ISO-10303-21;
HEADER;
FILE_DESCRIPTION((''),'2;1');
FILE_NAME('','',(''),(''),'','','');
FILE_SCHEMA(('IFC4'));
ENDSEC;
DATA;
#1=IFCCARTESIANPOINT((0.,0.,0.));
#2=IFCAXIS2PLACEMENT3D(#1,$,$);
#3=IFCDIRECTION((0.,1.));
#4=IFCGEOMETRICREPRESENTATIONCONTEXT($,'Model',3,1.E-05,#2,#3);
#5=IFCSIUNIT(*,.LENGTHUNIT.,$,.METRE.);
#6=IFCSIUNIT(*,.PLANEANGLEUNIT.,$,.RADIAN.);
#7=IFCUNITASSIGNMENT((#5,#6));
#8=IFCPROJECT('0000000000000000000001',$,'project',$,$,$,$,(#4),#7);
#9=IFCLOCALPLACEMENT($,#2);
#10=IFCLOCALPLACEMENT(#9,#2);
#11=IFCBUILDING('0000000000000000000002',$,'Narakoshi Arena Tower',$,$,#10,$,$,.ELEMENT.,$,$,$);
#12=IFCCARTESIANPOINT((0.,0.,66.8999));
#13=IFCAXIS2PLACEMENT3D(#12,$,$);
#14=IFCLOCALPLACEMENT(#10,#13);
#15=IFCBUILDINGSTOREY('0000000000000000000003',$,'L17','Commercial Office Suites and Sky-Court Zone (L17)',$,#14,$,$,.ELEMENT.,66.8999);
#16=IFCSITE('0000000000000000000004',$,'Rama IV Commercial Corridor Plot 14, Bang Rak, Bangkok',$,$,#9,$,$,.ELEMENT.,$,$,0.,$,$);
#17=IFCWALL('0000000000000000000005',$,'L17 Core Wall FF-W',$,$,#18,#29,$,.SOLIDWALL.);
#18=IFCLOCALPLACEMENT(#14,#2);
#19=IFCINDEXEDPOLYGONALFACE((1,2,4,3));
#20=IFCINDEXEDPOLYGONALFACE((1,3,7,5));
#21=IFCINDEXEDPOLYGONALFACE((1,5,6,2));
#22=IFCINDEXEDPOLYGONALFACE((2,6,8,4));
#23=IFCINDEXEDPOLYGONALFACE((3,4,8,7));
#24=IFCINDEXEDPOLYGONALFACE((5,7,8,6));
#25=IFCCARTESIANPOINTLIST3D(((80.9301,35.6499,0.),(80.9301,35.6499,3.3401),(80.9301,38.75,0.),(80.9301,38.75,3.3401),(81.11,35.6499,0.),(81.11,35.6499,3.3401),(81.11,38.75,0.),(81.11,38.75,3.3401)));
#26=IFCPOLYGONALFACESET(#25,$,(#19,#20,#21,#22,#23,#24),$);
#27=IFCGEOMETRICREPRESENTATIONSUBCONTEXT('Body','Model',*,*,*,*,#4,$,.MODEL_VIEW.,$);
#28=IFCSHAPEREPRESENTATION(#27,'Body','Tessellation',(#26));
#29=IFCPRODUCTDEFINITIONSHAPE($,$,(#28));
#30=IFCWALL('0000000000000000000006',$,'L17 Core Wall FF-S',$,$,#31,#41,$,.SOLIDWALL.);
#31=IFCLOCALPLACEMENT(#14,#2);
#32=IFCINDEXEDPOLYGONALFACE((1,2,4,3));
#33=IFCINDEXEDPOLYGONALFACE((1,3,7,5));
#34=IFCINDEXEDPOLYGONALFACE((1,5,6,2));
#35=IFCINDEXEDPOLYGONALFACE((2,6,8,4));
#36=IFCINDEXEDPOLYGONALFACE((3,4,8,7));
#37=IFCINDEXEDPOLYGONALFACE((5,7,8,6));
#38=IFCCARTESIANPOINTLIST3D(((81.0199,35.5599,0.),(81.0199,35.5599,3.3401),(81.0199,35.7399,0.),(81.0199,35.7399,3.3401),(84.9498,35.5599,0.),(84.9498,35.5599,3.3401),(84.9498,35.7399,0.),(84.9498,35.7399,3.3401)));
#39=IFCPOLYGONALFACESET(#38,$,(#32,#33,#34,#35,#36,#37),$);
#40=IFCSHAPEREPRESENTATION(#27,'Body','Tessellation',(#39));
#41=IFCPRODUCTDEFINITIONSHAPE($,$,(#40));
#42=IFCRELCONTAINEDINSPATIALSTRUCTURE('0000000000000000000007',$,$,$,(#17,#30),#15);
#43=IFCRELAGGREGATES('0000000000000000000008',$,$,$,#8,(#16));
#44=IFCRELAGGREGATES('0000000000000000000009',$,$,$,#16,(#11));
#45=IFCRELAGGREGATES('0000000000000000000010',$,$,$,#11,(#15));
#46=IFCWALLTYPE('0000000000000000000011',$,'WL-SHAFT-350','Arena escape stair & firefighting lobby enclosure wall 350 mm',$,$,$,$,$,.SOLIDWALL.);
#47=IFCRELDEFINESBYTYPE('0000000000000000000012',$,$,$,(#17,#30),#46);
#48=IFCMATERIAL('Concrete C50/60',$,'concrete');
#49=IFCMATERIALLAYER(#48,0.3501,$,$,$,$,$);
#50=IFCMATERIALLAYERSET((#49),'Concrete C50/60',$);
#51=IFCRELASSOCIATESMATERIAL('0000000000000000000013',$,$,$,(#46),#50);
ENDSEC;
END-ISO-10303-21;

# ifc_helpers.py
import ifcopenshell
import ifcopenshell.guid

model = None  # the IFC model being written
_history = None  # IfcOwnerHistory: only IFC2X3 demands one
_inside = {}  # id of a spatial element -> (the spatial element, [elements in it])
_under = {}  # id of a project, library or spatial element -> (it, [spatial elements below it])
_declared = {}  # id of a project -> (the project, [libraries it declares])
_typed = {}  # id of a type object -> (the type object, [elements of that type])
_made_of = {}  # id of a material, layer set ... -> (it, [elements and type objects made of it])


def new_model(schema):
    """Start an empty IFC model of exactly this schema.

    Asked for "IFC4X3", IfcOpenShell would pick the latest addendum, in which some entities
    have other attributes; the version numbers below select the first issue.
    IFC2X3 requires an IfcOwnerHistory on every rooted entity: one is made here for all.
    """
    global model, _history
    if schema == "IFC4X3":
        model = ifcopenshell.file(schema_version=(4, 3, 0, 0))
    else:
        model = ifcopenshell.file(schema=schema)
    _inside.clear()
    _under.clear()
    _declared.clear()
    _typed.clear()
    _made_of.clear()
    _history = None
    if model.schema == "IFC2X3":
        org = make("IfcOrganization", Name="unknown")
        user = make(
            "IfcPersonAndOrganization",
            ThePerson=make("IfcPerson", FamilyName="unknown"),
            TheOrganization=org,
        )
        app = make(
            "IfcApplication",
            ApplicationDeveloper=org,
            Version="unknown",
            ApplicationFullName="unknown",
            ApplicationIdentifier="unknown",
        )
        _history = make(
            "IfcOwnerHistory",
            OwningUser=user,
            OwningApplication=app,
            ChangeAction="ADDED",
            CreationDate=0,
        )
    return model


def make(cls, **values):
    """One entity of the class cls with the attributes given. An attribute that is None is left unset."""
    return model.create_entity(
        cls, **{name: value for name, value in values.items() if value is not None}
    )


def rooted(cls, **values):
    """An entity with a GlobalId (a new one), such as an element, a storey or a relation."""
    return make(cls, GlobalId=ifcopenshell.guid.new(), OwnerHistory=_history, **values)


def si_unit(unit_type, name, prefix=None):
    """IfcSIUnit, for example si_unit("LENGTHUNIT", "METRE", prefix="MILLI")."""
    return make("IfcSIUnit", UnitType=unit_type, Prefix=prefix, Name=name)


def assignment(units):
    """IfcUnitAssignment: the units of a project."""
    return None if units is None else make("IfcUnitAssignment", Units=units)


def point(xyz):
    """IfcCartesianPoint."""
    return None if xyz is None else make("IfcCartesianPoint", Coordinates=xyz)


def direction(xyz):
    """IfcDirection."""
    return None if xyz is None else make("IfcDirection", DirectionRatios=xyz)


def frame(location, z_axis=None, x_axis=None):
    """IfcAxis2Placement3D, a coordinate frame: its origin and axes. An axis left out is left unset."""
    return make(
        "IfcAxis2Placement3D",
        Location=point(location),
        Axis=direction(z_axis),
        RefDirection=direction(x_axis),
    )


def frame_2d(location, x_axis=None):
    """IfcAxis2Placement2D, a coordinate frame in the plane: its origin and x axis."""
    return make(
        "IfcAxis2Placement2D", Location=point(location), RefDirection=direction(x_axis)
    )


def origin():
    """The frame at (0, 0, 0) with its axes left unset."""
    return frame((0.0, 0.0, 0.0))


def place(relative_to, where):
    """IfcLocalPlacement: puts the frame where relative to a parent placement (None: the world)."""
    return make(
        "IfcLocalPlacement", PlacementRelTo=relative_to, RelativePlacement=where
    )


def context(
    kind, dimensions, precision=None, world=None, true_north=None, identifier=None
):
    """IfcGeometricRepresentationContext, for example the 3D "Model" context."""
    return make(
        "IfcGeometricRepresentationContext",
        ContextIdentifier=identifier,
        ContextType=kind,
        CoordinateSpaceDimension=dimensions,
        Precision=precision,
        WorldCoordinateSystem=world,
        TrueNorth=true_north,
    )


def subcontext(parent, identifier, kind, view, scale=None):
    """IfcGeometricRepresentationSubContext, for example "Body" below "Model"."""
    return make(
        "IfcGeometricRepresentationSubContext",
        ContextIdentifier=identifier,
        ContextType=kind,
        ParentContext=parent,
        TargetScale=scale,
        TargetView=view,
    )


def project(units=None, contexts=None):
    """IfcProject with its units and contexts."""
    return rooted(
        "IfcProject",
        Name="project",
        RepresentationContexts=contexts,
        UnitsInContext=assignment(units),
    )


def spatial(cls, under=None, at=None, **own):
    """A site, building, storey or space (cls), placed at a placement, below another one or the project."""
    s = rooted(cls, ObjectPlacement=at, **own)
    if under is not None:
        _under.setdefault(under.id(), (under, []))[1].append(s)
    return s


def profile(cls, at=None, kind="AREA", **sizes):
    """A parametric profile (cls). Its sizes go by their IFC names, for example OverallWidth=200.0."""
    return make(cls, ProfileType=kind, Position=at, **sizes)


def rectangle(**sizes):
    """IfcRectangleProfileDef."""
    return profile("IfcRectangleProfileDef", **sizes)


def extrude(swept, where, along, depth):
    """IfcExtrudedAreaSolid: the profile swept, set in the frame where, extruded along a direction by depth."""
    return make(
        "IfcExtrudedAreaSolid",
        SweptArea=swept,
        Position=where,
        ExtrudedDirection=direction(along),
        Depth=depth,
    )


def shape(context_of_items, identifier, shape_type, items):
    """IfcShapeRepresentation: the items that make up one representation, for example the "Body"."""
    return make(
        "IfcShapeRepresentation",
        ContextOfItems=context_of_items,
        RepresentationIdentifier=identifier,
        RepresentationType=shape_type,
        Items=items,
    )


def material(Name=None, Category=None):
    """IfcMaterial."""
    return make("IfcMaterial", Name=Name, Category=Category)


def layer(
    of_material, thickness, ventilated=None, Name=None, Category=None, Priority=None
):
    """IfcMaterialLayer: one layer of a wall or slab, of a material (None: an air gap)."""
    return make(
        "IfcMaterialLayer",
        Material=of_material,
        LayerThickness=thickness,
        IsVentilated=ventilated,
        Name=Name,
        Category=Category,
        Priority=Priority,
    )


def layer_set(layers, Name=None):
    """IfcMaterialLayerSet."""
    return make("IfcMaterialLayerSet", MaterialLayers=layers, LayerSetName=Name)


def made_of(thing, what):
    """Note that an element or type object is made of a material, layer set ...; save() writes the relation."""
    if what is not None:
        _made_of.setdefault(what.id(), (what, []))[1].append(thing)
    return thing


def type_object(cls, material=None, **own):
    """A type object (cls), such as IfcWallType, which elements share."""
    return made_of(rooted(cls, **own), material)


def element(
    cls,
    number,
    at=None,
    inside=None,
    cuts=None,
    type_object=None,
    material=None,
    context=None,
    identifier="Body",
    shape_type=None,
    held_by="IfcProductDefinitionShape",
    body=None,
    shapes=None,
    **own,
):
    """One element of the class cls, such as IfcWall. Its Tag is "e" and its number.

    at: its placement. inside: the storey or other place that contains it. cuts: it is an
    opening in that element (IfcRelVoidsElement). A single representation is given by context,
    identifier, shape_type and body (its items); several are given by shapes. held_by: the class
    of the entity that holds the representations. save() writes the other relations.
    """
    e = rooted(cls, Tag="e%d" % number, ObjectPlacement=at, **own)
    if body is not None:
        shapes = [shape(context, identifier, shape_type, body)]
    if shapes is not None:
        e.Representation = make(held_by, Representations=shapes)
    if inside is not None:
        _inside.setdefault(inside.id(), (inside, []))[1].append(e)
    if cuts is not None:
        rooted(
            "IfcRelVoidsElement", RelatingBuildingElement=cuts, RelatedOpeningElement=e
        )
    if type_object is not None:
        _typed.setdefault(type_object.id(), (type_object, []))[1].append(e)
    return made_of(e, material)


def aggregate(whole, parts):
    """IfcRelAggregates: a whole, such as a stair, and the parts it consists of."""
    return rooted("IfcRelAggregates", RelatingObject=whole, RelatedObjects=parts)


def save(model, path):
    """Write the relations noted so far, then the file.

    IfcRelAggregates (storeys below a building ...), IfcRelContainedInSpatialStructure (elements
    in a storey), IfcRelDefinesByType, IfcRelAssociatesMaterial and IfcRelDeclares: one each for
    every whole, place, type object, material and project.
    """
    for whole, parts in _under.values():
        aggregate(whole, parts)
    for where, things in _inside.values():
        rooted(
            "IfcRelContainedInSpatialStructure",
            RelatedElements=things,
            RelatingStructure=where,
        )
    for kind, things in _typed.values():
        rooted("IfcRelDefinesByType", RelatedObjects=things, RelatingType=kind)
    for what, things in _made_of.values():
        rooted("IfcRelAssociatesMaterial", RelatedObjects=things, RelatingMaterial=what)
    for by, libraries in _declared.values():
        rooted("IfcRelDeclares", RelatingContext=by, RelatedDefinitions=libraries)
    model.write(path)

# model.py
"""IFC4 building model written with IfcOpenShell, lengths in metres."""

from ifc_helpers import new_model, si_unit, direction, frame, frame_2d, origin, place, context, subcontext, project, spatial, rectangle, extrude, material, layer, layer_set, type_object, element, save


model = new_model("IFC4")

# Units and contexts
model_context = context("Model", 3, precision=1e-05, world=origin(), true_north=direction((0.0, 1.0)))
body_context = subcontext(model_context, "Body", "Model", "MODEL_VIEW")
ifc_project = project(units=[si_unit("LENGTHUNIT", "METRE"), si_unit("PLANEANGLEUNIT", "RADIAN")], contexts=[model_context])

# Site, building, storey
site_placement = place(None, origin())
site = spatial("IfcSite", under=ifc_project, at=site_placement, Name="Rama IV Commercial Corridor Plot 14, Bang Rak, Bangkok", CompositionType="ELEMENT", RefElevation=0.0)
building_placement = place(site_placement, origin())
building = spatial("IfcBuilding", under=site, at=building_placement, Name="Narakoshi Arena Tower", CompositionType="ELEMENT")
storey_placement = place(building_placement, frame((0.0, 0.0, 66.8999)))
storey = spatial("IfcBuildingStorey", under=building, at=storey_placement, Name="L17", Description="Commercial Office Suites and Sky-Court Zone (L17)", CompositionType="ELEMENT", Elevation=66.8999)

# Shared definitions
ifc_material_1 = material(Name="Concrete C50/60", Category="concrete")
ifc_layer_1 = layer(ifc_material_1, 0.3501)
ifc_layer_set_1 = layer_set([ifc_layer_1], Name="Concrete C50/60")
wall_type_1 = type_object("IfcWallType", Name="WL-SHAFT-350", Description="Arena escape stair & firefighting lobby enclosure wall 350 mm", PredefinedType="SOLIDWALL", material=ifc_layer_set_1)

# Walls
for number, where, z_axis, x_axis, name in (
    (1, (81.02, 35.6499, 0.0), (0.0, 0.0, 1.0), (0.0, 1.0, 0.0), "L17 Core Wall FF-W"),
):
    element("IfcWall", number, at=place(storey_placement, frame(where, z_axis=z_axis, x_axis=x_axis)), inside=storey, type_object=wall_type_1, Name=name, PredefinedType="SOLIDWALL", context=body_context, shape_type="SweptSolid", body=[
        extrude(rectangle(XDim=3.1001, YDim=0.1799, at=frame_2d((1.55, 0.0))), origin(), (0.0, 0.0, 1.0), 3.3401),
    ])
wall_1_placement = place(storey_placement, frame((81.02, 35.6499, 0.0), z_axis=(0.0, 0.0, 1.0), x_axis=(1.0, 0.0, 0.0)))
element("IfcWall", 2, at=wall_1_placement, inside=storey, type_object=wall_type_1, Name="L17 Core Wall FF-S", PredefinedType="SOLIDWALL", context=body_context, shape_type="SweptSolid", body=[
    extrude(rectangle(XDim=3.9299, YDim=0.1799, at=frame_2d((1.9648, 0.0))), origin(), (0.0, 0.0, 1.0), 3.3401),
])

save(model, "model.ifc")
